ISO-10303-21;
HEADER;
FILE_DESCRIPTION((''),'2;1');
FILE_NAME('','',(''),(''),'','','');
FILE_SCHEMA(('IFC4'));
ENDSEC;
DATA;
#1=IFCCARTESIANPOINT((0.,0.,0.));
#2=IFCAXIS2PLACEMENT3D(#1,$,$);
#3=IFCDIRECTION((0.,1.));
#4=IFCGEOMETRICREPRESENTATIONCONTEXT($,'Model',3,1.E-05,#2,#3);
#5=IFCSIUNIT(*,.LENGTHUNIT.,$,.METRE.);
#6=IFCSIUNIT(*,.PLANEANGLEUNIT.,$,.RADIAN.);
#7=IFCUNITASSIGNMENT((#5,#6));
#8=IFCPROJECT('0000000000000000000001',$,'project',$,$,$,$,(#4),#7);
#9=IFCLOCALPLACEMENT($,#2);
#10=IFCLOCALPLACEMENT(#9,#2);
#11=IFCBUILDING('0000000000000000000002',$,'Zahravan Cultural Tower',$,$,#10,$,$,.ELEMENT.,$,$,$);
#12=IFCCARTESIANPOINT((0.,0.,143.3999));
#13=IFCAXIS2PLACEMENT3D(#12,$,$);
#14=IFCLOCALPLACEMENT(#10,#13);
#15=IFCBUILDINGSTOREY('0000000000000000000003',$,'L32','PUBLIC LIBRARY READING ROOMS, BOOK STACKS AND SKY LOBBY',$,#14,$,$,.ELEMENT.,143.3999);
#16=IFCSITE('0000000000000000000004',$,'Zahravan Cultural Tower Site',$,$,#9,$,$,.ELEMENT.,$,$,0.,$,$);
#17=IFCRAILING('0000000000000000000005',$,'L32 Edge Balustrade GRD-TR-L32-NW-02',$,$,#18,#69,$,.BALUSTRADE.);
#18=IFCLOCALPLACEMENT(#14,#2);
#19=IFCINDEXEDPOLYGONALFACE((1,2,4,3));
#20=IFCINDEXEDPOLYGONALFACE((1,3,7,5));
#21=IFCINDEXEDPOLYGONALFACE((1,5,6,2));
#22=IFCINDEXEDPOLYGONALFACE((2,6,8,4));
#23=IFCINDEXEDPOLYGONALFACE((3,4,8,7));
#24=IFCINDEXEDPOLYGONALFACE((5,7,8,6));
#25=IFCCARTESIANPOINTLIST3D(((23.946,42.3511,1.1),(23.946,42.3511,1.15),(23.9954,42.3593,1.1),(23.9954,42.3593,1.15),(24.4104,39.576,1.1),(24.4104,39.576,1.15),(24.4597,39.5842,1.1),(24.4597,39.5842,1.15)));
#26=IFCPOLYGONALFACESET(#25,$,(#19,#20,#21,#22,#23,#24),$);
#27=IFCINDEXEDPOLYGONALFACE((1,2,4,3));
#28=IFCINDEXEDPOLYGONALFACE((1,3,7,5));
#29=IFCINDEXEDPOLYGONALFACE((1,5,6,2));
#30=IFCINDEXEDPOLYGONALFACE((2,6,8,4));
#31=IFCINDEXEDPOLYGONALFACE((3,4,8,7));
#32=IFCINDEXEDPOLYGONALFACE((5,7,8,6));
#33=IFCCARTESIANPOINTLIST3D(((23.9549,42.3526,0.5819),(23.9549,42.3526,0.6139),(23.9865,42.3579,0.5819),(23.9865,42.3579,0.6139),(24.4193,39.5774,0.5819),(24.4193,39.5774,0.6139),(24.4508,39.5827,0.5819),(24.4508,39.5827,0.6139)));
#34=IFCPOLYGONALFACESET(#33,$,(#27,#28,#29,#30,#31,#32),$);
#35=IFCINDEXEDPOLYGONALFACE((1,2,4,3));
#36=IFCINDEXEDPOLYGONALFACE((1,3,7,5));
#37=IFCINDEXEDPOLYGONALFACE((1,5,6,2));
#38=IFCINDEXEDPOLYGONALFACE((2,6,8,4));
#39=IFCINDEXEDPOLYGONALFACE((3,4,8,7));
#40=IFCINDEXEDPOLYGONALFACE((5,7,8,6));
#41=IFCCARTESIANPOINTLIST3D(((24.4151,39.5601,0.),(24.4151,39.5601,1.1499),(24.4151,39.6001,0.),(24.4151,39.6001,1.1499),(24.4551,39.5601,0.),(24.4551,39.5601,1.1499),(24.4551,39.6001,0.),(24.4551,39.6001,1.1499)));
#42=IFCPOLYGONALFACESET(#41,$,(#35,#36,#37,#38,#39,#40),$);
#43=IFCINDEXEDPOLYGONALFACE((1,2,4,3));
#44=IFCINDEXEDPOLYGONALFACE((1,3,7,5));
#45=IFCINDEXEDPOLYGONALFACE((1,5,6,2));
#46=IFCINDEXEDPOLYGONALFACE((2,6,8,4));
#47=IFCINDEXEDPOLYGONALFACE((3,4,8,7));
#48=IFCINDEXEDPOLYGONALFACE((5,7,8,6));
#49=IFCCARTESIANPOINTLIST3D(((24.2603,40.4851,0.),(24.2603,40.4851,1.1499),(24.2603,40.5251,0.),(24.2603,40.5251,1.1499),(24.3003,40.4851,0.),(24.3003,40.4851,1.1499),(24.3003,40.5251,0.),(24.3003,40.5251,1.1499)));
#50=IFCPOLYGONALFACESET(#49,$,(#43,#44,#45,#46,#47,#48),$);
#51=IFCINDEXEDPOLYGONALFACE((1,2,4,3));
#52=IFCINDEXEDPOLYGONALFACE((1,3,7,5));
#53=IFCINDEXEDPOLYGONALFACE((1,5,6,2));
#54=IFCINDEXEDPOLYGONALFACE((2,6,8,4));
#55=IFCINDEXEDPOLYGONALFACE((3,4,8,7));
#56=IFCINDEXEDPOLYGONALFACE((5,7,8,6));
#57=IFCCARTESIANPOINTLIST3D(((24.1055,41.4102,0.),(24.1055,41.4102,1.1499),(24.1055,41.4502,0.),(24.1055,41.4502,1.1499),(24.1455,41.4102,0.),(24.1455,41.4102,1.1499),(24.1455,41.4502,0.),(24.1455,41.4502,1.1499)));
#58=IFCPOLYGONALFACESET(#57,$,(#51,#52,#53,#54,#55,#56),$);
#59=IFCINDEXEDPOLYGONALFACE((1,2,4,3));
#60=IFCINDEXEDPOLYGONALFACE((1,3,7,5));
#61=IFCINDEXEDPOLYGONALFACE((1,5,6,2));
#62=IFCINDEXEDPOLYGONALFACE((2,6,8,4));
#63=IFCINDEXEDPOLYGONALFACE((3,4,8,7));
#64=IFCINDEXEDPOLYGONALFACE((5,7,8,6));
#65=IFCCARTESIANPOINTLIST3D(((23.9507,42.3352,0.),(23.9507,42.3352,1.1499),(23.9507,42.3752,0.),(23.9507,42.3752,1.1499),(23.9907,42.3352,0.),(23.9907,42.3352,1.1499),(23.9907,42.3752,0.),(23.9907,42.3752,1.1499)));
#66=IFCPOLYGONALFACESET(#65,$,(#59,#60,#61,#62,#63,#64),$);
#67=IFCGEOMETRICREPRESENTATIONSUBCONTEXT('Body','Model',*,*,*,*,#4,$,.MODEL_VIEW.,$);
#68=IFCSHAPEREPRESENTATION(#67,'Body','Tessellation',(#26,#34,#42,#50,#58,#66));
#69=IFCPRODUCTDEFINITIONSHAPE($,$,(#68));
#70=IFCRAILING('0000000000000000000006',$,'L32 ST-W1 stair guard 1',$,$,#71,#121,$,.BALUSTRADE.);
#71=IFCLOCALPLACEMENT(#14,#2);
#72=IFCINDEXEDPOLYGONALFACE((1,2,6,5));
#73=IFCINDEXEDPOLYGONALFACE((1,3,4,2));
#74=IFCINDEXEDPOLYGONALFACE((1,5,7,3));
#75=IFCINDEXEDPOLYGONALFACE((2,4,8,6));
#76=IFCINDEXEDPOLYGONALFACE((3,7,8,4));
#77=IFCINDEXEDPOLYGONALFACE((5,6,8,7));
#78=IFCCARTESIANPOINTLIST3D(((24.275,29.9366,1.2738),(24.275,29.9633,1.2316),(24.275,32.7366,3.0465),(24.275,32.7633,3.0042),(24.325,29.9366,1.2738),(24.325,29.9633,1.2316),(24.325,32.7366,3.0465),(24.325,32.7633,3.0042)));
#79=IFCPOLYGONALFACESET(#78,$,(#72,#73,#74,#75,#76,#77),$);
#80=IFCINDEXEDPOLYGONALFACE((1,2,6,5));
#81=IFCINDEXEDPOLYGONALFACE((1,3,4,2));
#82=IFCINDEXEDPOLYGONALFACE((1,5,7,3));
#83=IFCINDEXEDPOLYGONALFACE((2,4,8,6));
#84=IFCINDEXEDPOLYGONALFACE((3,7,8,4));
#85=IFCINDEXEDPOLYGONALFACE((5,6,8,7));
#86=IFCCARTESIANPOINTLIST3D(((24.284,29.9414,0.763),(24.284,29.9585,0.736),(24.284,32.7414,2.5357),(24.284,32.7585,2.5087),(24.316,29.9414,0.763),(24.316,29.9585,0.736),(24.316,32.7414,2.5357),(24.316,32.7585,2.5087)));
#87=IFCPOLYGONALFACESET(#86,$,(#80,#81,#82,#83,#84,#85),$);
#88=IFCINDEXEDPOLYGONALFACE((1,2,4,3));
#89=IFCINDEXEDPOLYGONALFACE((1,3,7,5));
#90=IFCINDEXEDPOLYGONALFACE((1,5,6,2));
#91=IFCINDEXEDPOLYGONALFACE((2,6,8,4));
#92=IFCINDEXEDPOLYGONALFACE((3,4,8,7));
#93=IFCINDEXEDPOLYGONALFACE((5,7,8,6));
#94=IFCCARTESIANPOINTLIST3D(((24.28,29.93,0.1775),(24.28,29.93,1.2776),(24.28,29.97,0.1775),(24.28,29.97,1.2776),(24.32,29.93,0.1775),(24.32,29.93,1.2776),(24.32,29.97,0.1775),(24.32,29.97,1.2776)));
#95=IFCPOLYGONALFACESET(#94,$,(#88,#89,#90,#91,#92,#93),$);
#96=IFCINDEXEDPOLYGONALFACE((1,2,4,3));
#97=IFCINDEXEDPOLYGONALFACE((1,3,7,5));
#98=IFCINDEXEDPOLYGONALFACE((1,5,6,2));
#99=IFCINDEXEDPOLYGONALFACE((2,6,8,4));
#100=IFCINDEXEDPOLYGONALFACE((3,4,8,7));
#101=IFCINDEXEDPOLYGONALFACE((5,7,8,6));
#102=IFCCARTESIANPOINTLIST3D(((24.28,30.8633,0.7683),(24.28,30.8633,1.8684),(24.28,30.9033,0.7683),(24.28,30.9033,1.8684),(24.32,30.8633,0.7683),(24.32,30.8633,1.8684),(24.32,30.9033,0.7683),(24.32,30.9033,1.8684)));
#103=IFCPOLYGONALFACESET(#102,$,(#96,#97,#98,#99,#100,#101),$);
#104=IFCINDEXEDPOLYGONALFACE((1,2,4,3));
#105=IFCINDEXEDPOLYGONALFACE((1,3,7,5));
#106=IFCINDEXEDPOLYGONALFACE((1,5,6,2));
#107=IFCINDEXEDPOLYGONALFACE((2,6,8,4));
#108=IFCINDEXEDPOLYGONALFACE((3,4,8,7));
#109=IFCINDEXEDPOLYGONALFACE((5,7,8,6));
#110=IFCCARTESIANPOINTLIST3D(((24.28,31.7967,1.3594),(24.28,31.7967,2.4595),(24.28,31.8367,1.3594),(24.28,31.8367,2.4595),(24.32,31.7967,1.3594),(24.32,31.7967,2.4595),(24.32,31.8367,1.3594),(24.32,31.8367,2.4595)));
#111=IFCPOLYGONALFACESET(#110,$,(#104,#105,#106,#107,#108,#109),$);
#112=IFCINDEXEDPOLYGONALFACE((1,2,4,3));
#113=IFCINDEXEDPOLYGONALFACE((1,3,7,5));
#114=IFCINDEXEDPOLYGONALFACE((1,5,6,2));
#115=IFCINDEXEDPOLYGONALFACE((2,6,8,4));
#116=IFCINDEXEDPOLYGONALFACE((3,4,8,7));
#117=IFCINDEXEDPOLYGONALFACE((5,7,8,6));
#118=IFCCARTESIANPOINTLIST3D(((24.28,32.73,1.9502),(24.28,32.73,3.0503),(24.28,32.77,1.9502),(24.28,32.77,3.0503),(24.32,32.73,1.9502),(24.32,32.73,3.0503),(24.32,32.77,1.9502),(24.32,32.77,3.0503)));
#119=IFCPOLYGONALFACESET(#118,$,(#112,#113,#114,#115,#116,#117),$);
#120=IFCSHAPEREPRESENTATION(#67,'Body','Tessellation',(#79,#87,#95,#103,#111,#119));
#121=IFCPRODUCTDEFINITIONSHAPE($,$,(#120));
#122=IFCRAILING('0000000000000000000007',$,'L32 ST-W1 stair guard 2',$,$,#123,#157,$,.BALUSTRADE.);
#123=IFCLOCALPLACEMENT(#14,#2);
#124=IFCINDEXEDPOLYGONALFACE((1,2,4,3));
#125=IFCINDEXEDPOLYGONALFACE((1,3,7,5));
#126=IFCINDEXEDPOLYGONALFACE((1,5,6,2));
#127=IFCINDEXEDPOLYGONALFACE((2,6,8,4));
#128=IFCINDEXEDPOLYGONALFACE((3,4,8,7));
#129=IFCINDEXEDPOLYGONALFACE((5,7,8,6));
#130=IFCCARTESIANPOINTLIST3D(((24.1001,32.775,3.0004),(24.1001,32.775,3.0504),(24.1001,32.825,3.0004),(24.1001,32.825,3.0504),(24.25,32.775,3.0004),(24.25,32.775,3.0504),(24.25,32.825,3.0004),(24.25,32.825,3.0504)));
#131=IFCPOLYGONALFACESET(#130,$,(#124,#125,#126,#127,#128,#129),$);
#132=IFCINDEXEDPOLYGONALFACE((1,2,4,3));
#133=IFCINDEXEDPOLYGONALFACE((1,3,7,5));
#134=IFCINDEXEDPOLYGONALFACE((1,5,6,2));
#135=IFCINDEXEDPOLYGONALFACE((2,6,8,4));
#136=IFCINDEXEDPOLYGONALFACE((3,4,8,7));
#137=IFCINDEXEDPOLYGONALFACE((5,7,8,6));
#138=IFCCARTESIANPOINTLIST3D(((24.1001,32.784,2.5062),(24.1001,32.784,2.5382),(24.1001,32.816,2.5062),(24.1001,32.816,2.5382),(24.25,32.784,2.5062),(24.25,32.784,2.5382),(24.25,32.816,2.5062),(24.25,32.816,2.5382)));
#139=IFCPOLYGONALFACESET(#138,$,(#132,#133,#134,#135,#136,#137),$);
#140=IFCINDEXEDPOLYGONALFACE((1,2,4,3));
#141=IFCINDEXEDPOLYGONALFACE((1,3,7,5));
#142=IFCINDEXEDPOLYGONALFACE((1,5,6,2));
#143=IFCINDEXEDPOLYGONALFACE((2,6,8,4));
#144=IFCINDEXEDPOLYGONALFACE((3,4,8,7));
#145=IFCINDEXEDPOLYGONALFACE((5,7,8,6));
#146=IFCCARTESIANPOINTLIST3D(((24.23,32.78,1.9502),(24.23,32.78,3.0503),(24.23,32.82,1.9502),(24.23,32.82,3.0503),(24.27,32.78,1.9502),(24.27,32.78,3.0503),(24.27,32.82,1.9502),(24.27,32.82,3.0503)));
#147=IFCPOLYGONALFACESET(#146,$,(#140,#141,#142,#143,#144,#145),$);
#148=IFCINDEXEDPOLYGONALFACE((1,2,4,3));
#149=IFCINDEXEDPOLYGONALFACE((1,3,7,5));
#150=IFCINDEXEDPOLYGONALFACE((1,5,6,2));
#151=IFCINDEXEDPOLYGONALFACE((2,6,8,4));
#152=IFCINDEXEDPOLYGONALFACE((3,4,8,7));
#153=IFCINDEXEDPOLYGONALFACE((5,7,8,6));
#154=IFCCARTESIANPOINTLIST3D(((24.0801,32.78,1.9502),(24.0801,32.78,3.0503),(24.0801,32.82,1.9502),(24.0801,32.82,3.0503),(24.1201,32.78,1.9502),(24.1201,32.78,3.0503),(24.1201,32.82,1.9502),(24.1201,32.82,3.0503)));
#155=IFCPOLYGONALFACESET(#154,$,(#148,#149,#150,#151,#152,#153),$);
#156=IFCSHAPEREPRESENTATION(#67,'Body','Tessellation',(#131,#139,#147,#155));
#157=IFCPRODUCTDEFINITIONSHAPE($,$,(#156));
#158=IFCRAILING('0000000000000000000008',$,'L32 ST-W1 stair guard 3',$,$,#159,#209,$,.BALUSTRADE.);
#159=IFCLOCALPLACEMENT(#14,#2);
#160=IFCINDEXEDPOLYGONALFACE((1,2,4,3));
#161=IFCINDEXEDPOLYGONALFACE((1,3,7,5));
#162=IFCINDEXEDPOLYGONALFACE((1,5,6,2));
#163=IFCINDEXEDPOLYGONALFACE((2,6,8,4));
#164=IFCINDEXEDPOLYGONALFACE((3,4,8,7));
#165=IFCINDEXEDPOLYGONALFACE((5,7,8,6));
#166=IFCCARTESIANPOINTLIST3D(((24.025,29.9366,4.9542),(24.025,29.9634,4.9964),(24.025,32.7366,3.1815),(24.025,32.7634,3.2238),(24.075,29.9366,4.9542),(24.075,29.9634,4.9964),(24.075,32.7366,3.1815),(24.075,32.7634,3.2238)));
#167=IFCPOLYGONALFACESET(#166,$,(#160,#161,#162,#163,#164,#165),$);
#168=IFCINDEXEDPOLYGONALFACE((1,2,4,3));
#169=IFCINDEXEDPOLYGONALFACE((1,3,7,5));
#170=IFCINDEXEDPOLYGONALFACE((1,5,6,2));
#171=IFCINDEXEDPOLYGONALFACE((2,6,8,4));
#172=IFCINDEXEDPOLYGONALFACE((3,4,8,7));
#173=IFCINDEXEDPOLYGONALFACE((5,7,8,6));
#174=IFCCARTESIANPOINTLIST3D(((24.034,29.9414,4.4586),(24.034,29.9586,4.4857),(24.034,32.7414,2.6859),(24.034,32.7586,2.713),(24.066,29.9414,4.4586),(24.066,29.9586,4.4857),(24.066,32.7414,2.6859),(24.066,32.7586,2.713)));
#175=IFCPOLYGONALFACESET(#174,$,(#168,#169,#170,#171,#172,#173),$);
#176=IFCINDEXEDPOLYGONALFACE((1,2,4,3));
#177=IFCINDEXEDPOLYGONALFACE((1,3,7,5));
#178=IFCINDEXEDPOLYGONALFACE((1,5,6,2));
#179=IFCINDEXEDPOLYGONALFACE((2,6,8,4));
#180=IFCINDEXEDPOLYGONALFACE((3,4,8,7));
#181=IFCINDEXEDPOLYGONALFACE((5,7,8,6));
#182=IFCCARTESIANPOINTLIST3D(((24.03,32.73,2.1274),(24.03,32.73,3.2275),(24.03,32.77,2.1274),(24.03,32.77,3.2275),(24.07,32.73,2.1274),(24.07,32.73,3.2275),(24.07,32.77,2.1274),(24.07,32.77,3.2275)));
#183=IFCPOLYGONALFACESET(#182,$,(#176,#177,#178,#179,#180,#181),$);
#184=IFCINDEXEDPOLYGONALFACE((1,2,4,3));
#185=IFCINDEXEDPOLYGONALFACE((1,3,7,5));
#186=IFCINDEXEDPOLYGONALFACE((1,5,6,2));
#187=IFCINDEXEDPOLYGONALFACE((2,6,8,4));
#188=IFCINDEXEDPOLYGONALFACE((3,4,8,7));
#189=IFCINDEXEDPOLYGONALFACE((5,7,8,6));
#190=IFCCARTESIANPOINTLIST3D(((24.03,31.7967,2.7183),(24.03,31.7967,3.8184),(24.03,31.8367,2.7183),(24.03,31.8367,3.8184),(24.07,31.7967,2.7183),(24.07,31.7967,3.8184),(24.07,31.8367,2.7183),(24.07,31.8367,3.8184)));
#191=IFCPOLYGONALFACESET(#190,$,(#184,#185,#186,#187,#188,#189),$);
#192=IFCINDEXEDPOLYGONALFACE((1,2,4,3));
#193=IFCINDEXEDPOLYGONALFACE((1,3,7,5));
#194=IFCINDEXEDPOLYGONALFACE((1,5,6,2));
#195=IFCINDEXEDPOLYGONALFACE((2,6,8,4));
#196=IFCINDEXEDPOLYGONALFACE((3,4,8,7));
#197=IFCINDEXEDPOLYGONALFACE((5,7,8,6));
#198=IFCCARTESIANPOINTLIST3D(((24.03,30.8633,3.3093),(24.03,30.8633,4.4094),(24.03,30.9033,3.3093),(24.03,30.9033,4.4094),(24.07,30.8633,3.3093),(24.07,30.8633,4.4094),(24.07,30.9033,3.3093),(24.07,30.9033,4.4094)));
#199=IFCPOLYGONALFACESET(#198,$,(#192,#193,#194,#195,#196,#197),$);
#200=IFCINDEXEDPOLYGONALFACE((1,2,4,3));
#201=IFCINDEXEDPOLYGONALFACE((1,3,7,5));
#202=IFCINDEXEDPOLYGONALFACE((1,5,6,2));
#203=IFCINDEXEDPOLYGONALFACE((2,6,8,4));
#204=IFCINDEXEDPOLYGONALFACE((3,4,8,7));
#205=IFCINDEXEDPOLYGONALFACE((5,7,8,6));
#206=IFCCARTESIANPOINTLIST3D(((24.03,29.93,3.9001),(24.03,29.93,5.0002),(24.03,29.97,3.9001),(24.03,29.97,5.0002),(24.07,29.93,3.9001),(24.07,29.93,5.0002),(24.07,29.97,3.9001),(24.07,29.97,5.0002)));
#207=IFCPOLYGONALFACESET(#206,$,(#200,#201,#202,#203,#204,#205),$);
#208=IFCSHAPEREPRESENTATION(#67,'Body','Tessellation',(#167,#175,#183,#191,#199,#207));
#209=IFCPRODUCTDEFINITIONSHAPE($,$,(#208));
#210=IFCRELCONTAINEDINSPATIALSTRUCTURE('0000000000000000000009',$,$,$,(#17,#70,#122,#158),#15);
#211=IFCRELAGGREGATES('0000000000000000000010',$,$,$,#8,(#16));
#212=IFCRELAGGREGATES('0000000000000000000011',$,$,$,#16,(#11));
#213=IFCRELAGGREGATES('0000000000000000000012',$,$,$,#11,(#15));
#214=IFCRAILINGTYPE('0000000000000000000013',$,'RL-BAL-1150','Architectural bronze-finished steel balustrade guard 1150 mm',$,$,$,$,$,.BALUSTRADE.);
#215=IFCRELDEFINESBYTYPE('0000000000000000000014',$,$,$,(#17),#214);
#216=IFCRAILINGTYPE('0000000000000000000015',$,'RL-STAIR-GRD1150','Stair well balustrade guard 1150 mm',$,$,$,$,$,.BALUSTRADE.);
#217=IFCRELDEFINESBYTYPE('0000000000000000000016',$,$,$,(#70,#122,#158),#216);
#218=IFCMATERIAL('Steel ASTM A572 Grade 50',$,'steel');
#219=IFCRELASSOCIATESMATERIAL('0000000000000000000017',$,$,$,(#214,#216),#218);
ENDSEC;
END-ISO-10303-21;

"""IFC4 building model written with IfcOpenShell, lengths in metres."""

from ifc_helpers import new_model, si_unit, direction, frame, origin, origin_2d, place, context, subcontext, project, spatial, rectangle, extrude, material, type_object, element, save


model = new_model("IFC4")

# Units and contexts
model_context = context("Model", 3, precision=1e-05, world=origin(), true_north=direction((0.0, 1.0)))
body_context = subcontext(model_context, "Body", "Model", "MODEL_VIEW")
ifc_project = project(units=[si_unit("LENGTHUNIT", "METRE"), si_unit("PLANEANGLEUNIT", "RADIAN")], contexts=[model_context])

# Site, building, storey
site_placement = place(None, origin())
site = spatial("IfcSite", under=ifc_project, at=site_placement, Name="Zahravan Cultural Tower Site", CompositionType="ELEMENT", RefElevation=0.0)
building_placement = place(site_placement, origin())
building = spatial("IfcBuilding", under=site, at=building_placement, Name="Zahravan Cultural Tower", CompositionType="ELEMENT")
storey_placement = place(building_placement, frame((0.0, 0.0, 143.3999)))
storey = spatial("IfcBuildingStorey", under=building, at=storey_placement, Name="L32", Description="PUBLIC LIBRARY READING ROOMS, BOOK STACKS AND SKY LOBBY", CompositionType="ELEMENT", Elevation=143.3999)

# Railings
ifc_material_1 = material(Name="Steel ASTM A572 Grade 50", Category="steel")
railing_type_1 = type_object("IfcRailingType", Name="RL-BAL-1150", Description="Architectural bronze-finished steel balustrade guard 1150 mm", PredefinedType="BALUSTRADE", material=ifc_material_1)
railing_1_placement = place(storey_placement, frame((24.4351, 39.5801, 0.0)))
element("IfcRailing", 1, at=railing_1_placement, inside=storey, type_object=railing_type_1, Name="L32 Edge Balustrade GRD-TR-L32-NW-02", PredefinedType="BALUSTRADE", context=body_context, shape_type="SweptSolid", body=[
    extrude(rectangle(XDim=0.05, YDim=0.05, at=origin_2d()), frame((0.0, 0.0, 1.125), z_axis=(-0.165032, 0.986288, 0.0), x_axis=(-0.986288, -0.165032, 0.0)), (0.0, 0.0, 1.0), 2.8137),
    extrude(rectangle(XDim=0.032, YDim=0.032, at=origin_2d()), frame((0.0, 0.0, 0.5979), z_axis=(-0.165032, 0.986288, 0.0), x_axis=(-0.986288, -0.165032, 0.0)), (0.0, 0.0, 1.0), 2.8137),
    extrude(rectangle(XDim=0.04, YDim=0.04, at=origin_2d()), origin(), (0.0, 0.0, 1.0), 1.1499),
    extrude(rectangle(XDim=0.04, YDim=0.04, at=origin_2d()), frame((-0.1548, 0.925, 0.0)), (0.0, 0.0, 1.0), 1.1499),
    extrude(rectangle(XDim=0.04, YDim=0.04, at=origin_2d()), frame((-0.3096, 1.8501, 0.0)), (0.0, 0.0, 1.0), 1.1499),
    extrude(rectangle(XDim=0.04, YDim=0.04, at=origin_2d()), frame((-0.4644, 2.7751, 0.0)), (0.0, 0.0, 1.0), 1.1499),
])
railing_type_2 = type_object("IfcRailingType", Name="RL-STAIR-GRD1150", Description="Stair well balustrade guard 1150 mm", PredefinedType="BALUSTRADE", material=ifc_material_1)
railing_2_placement = place(storey_placement, frame((24.3, 29.95, 0.1775)))
element("IfcRailing", 2, at=railing_2_placement, inside=storey, type_object=railing_type_2, Name="L32 ST-W1 stair guard 1", PredefinedType="BALUSTRADE", context=body_context, shape_type="SweptSolid", body=[
    extrude(rectangle(XDim=0.05, YDim=0.05, at=origin_2d()), frame((0.0, 0.0, 1.0752), z_axis=(0.0, 0.844909, 0.53491), x_axis=(-1.0, 0.0, 0.0)), (0.0, 0.0, 1.0), 3.314),
    extrude(rectangle(XDim=0.032, YDim=0.032, at=origin_2d()), frame((0.0, 0.0, 0.572), z_axis=(0.0, 0.844909, 0.53491), x_axis=(-1.0, 0.0, 0.0)), (0.0, 0.0, 1.0), 3.314),
    extrude(rectangle(XDim=0.04, YDim=0.04, at=origin_2d()), origin(), (0.0, 0.0, 1.0), 1.1001),
    extrude(rectangle(XDim=0.04, YDim=0.04, at=origin_2d()), frame((0.0, 0.9333, 0.5908)), (0.0, 0.0, 1.0), 1.1001),
    extrude(rectangle(XDim=0.04, YDim=0.04, at=origin_2d()), frame((0.0, 1.8667, 1.1819)), (0.0, 0.0, 1.0), 1.1001),
    extrude(rectangle(XDim=0.04, YDim=0.04, at=origin_2d()), frame((0.0, 2.8, 1.7727)), (0.0, 0.0, 1.0), 1.1001),
])
railing_3_placement = place(storey_placement, frame((24.25, 32.8, 1.9502)))
element("IfcRailing", 3, at=railing_3_placement, inside=storey, type_object=railing_type_2, Name="L32 ST-W1 stair guard 2", PredefinedType="BALUSTRADE", context=body_context, shape_type="SweptSolid", body=[
    extrude(rectangle(XDim=0.05, YDim=0.05, at=origin_2d()), frame((0.0, 0.0, 1.0752), z_axis=(-1.0, 0.0, 0.0), x_axis=(0.0, -1.0, 0.0)), (0.0, 0.0, 1.0), 0.1499),
    extrude(rectangle(XDim=0.032, YDim=0.032, at=origin_2d()), frame((0.0, 0.0, 0.572), z_axis=(-1.0, 0.0, 0.0), x_axis=(0.0, -1.0, 0.0)), (0.0, 0.0, 1.0), 0.1499),
    extrude(rectangle(XDim=0.04, YDim=0.04, at=origin_2d()), origin(), (0.0, 0.0, 1.0), 1.1001),
    extrude(rectangle(XDim=0.04, YDim=0.04, at=origin_2d()), frame((-0.1499, 0.0, 0.0)), (0.0, 0.0, 1.0), 1.1001),
])
railing_4_placement = place(storey_placement, frame((24.05, 32.75, 2.1274)))
element("IfcRailing", 4, at=railing_4_placement, inside=storey, type_object=railing_type_2, Name="L32 ST-W1 stair guard 3", PredefinedType="BALUSTRADE", context=body_context, shape_type="SweptSolid", body=[
    extrude(rectangle(XDim=0.05, YDim=0.05, at=origin_2d()), frame((0.0, 0.0, 1.0752), z_axis=(0.0, -0.844909, 0.53491), x_axis=(1.0, 0.0, 0.0)), (0.0, 0.0, 1.0), 3.314),
    extrude(rectangle(XDim=0.032, YDim=0.032, at=origin_2d()), frame((0.0, 0.0, 0.572), z_axis=(0.0, -0.844909, 0.53491), x_axis=(1.0, 0.0, 0.0)), (0.0, 0.0, 1.0), 3.314),
    extrude(rectangle(XDim=0.04, YDim=0.04, at=origin_2d()), origin(), (0.0, 0.0, 1.0), 1.1001),
    extrude(rectangle(XDim=0.04, YDim=0.04, at=origin_2d()), frame((0.0, -0.9333, 0.5908)), (0.0, 0.0, 1.0), 1.1001),
    extrude(rectangle(XDim=0.04, YDim=0.04, at=origin_2d()), frame((0.0, -1.8667, 1.1819)), (0.0, 0.0, 1.0), 1.1001),
    extrude(rectangle(XDim=0.04, YDim=0.04, at=origin_2d()), frame((0.0, -2.8, 1.7727)), (0.0, 0.0, 1.0), 1.1001),
])

save(model, "model.ifc")
